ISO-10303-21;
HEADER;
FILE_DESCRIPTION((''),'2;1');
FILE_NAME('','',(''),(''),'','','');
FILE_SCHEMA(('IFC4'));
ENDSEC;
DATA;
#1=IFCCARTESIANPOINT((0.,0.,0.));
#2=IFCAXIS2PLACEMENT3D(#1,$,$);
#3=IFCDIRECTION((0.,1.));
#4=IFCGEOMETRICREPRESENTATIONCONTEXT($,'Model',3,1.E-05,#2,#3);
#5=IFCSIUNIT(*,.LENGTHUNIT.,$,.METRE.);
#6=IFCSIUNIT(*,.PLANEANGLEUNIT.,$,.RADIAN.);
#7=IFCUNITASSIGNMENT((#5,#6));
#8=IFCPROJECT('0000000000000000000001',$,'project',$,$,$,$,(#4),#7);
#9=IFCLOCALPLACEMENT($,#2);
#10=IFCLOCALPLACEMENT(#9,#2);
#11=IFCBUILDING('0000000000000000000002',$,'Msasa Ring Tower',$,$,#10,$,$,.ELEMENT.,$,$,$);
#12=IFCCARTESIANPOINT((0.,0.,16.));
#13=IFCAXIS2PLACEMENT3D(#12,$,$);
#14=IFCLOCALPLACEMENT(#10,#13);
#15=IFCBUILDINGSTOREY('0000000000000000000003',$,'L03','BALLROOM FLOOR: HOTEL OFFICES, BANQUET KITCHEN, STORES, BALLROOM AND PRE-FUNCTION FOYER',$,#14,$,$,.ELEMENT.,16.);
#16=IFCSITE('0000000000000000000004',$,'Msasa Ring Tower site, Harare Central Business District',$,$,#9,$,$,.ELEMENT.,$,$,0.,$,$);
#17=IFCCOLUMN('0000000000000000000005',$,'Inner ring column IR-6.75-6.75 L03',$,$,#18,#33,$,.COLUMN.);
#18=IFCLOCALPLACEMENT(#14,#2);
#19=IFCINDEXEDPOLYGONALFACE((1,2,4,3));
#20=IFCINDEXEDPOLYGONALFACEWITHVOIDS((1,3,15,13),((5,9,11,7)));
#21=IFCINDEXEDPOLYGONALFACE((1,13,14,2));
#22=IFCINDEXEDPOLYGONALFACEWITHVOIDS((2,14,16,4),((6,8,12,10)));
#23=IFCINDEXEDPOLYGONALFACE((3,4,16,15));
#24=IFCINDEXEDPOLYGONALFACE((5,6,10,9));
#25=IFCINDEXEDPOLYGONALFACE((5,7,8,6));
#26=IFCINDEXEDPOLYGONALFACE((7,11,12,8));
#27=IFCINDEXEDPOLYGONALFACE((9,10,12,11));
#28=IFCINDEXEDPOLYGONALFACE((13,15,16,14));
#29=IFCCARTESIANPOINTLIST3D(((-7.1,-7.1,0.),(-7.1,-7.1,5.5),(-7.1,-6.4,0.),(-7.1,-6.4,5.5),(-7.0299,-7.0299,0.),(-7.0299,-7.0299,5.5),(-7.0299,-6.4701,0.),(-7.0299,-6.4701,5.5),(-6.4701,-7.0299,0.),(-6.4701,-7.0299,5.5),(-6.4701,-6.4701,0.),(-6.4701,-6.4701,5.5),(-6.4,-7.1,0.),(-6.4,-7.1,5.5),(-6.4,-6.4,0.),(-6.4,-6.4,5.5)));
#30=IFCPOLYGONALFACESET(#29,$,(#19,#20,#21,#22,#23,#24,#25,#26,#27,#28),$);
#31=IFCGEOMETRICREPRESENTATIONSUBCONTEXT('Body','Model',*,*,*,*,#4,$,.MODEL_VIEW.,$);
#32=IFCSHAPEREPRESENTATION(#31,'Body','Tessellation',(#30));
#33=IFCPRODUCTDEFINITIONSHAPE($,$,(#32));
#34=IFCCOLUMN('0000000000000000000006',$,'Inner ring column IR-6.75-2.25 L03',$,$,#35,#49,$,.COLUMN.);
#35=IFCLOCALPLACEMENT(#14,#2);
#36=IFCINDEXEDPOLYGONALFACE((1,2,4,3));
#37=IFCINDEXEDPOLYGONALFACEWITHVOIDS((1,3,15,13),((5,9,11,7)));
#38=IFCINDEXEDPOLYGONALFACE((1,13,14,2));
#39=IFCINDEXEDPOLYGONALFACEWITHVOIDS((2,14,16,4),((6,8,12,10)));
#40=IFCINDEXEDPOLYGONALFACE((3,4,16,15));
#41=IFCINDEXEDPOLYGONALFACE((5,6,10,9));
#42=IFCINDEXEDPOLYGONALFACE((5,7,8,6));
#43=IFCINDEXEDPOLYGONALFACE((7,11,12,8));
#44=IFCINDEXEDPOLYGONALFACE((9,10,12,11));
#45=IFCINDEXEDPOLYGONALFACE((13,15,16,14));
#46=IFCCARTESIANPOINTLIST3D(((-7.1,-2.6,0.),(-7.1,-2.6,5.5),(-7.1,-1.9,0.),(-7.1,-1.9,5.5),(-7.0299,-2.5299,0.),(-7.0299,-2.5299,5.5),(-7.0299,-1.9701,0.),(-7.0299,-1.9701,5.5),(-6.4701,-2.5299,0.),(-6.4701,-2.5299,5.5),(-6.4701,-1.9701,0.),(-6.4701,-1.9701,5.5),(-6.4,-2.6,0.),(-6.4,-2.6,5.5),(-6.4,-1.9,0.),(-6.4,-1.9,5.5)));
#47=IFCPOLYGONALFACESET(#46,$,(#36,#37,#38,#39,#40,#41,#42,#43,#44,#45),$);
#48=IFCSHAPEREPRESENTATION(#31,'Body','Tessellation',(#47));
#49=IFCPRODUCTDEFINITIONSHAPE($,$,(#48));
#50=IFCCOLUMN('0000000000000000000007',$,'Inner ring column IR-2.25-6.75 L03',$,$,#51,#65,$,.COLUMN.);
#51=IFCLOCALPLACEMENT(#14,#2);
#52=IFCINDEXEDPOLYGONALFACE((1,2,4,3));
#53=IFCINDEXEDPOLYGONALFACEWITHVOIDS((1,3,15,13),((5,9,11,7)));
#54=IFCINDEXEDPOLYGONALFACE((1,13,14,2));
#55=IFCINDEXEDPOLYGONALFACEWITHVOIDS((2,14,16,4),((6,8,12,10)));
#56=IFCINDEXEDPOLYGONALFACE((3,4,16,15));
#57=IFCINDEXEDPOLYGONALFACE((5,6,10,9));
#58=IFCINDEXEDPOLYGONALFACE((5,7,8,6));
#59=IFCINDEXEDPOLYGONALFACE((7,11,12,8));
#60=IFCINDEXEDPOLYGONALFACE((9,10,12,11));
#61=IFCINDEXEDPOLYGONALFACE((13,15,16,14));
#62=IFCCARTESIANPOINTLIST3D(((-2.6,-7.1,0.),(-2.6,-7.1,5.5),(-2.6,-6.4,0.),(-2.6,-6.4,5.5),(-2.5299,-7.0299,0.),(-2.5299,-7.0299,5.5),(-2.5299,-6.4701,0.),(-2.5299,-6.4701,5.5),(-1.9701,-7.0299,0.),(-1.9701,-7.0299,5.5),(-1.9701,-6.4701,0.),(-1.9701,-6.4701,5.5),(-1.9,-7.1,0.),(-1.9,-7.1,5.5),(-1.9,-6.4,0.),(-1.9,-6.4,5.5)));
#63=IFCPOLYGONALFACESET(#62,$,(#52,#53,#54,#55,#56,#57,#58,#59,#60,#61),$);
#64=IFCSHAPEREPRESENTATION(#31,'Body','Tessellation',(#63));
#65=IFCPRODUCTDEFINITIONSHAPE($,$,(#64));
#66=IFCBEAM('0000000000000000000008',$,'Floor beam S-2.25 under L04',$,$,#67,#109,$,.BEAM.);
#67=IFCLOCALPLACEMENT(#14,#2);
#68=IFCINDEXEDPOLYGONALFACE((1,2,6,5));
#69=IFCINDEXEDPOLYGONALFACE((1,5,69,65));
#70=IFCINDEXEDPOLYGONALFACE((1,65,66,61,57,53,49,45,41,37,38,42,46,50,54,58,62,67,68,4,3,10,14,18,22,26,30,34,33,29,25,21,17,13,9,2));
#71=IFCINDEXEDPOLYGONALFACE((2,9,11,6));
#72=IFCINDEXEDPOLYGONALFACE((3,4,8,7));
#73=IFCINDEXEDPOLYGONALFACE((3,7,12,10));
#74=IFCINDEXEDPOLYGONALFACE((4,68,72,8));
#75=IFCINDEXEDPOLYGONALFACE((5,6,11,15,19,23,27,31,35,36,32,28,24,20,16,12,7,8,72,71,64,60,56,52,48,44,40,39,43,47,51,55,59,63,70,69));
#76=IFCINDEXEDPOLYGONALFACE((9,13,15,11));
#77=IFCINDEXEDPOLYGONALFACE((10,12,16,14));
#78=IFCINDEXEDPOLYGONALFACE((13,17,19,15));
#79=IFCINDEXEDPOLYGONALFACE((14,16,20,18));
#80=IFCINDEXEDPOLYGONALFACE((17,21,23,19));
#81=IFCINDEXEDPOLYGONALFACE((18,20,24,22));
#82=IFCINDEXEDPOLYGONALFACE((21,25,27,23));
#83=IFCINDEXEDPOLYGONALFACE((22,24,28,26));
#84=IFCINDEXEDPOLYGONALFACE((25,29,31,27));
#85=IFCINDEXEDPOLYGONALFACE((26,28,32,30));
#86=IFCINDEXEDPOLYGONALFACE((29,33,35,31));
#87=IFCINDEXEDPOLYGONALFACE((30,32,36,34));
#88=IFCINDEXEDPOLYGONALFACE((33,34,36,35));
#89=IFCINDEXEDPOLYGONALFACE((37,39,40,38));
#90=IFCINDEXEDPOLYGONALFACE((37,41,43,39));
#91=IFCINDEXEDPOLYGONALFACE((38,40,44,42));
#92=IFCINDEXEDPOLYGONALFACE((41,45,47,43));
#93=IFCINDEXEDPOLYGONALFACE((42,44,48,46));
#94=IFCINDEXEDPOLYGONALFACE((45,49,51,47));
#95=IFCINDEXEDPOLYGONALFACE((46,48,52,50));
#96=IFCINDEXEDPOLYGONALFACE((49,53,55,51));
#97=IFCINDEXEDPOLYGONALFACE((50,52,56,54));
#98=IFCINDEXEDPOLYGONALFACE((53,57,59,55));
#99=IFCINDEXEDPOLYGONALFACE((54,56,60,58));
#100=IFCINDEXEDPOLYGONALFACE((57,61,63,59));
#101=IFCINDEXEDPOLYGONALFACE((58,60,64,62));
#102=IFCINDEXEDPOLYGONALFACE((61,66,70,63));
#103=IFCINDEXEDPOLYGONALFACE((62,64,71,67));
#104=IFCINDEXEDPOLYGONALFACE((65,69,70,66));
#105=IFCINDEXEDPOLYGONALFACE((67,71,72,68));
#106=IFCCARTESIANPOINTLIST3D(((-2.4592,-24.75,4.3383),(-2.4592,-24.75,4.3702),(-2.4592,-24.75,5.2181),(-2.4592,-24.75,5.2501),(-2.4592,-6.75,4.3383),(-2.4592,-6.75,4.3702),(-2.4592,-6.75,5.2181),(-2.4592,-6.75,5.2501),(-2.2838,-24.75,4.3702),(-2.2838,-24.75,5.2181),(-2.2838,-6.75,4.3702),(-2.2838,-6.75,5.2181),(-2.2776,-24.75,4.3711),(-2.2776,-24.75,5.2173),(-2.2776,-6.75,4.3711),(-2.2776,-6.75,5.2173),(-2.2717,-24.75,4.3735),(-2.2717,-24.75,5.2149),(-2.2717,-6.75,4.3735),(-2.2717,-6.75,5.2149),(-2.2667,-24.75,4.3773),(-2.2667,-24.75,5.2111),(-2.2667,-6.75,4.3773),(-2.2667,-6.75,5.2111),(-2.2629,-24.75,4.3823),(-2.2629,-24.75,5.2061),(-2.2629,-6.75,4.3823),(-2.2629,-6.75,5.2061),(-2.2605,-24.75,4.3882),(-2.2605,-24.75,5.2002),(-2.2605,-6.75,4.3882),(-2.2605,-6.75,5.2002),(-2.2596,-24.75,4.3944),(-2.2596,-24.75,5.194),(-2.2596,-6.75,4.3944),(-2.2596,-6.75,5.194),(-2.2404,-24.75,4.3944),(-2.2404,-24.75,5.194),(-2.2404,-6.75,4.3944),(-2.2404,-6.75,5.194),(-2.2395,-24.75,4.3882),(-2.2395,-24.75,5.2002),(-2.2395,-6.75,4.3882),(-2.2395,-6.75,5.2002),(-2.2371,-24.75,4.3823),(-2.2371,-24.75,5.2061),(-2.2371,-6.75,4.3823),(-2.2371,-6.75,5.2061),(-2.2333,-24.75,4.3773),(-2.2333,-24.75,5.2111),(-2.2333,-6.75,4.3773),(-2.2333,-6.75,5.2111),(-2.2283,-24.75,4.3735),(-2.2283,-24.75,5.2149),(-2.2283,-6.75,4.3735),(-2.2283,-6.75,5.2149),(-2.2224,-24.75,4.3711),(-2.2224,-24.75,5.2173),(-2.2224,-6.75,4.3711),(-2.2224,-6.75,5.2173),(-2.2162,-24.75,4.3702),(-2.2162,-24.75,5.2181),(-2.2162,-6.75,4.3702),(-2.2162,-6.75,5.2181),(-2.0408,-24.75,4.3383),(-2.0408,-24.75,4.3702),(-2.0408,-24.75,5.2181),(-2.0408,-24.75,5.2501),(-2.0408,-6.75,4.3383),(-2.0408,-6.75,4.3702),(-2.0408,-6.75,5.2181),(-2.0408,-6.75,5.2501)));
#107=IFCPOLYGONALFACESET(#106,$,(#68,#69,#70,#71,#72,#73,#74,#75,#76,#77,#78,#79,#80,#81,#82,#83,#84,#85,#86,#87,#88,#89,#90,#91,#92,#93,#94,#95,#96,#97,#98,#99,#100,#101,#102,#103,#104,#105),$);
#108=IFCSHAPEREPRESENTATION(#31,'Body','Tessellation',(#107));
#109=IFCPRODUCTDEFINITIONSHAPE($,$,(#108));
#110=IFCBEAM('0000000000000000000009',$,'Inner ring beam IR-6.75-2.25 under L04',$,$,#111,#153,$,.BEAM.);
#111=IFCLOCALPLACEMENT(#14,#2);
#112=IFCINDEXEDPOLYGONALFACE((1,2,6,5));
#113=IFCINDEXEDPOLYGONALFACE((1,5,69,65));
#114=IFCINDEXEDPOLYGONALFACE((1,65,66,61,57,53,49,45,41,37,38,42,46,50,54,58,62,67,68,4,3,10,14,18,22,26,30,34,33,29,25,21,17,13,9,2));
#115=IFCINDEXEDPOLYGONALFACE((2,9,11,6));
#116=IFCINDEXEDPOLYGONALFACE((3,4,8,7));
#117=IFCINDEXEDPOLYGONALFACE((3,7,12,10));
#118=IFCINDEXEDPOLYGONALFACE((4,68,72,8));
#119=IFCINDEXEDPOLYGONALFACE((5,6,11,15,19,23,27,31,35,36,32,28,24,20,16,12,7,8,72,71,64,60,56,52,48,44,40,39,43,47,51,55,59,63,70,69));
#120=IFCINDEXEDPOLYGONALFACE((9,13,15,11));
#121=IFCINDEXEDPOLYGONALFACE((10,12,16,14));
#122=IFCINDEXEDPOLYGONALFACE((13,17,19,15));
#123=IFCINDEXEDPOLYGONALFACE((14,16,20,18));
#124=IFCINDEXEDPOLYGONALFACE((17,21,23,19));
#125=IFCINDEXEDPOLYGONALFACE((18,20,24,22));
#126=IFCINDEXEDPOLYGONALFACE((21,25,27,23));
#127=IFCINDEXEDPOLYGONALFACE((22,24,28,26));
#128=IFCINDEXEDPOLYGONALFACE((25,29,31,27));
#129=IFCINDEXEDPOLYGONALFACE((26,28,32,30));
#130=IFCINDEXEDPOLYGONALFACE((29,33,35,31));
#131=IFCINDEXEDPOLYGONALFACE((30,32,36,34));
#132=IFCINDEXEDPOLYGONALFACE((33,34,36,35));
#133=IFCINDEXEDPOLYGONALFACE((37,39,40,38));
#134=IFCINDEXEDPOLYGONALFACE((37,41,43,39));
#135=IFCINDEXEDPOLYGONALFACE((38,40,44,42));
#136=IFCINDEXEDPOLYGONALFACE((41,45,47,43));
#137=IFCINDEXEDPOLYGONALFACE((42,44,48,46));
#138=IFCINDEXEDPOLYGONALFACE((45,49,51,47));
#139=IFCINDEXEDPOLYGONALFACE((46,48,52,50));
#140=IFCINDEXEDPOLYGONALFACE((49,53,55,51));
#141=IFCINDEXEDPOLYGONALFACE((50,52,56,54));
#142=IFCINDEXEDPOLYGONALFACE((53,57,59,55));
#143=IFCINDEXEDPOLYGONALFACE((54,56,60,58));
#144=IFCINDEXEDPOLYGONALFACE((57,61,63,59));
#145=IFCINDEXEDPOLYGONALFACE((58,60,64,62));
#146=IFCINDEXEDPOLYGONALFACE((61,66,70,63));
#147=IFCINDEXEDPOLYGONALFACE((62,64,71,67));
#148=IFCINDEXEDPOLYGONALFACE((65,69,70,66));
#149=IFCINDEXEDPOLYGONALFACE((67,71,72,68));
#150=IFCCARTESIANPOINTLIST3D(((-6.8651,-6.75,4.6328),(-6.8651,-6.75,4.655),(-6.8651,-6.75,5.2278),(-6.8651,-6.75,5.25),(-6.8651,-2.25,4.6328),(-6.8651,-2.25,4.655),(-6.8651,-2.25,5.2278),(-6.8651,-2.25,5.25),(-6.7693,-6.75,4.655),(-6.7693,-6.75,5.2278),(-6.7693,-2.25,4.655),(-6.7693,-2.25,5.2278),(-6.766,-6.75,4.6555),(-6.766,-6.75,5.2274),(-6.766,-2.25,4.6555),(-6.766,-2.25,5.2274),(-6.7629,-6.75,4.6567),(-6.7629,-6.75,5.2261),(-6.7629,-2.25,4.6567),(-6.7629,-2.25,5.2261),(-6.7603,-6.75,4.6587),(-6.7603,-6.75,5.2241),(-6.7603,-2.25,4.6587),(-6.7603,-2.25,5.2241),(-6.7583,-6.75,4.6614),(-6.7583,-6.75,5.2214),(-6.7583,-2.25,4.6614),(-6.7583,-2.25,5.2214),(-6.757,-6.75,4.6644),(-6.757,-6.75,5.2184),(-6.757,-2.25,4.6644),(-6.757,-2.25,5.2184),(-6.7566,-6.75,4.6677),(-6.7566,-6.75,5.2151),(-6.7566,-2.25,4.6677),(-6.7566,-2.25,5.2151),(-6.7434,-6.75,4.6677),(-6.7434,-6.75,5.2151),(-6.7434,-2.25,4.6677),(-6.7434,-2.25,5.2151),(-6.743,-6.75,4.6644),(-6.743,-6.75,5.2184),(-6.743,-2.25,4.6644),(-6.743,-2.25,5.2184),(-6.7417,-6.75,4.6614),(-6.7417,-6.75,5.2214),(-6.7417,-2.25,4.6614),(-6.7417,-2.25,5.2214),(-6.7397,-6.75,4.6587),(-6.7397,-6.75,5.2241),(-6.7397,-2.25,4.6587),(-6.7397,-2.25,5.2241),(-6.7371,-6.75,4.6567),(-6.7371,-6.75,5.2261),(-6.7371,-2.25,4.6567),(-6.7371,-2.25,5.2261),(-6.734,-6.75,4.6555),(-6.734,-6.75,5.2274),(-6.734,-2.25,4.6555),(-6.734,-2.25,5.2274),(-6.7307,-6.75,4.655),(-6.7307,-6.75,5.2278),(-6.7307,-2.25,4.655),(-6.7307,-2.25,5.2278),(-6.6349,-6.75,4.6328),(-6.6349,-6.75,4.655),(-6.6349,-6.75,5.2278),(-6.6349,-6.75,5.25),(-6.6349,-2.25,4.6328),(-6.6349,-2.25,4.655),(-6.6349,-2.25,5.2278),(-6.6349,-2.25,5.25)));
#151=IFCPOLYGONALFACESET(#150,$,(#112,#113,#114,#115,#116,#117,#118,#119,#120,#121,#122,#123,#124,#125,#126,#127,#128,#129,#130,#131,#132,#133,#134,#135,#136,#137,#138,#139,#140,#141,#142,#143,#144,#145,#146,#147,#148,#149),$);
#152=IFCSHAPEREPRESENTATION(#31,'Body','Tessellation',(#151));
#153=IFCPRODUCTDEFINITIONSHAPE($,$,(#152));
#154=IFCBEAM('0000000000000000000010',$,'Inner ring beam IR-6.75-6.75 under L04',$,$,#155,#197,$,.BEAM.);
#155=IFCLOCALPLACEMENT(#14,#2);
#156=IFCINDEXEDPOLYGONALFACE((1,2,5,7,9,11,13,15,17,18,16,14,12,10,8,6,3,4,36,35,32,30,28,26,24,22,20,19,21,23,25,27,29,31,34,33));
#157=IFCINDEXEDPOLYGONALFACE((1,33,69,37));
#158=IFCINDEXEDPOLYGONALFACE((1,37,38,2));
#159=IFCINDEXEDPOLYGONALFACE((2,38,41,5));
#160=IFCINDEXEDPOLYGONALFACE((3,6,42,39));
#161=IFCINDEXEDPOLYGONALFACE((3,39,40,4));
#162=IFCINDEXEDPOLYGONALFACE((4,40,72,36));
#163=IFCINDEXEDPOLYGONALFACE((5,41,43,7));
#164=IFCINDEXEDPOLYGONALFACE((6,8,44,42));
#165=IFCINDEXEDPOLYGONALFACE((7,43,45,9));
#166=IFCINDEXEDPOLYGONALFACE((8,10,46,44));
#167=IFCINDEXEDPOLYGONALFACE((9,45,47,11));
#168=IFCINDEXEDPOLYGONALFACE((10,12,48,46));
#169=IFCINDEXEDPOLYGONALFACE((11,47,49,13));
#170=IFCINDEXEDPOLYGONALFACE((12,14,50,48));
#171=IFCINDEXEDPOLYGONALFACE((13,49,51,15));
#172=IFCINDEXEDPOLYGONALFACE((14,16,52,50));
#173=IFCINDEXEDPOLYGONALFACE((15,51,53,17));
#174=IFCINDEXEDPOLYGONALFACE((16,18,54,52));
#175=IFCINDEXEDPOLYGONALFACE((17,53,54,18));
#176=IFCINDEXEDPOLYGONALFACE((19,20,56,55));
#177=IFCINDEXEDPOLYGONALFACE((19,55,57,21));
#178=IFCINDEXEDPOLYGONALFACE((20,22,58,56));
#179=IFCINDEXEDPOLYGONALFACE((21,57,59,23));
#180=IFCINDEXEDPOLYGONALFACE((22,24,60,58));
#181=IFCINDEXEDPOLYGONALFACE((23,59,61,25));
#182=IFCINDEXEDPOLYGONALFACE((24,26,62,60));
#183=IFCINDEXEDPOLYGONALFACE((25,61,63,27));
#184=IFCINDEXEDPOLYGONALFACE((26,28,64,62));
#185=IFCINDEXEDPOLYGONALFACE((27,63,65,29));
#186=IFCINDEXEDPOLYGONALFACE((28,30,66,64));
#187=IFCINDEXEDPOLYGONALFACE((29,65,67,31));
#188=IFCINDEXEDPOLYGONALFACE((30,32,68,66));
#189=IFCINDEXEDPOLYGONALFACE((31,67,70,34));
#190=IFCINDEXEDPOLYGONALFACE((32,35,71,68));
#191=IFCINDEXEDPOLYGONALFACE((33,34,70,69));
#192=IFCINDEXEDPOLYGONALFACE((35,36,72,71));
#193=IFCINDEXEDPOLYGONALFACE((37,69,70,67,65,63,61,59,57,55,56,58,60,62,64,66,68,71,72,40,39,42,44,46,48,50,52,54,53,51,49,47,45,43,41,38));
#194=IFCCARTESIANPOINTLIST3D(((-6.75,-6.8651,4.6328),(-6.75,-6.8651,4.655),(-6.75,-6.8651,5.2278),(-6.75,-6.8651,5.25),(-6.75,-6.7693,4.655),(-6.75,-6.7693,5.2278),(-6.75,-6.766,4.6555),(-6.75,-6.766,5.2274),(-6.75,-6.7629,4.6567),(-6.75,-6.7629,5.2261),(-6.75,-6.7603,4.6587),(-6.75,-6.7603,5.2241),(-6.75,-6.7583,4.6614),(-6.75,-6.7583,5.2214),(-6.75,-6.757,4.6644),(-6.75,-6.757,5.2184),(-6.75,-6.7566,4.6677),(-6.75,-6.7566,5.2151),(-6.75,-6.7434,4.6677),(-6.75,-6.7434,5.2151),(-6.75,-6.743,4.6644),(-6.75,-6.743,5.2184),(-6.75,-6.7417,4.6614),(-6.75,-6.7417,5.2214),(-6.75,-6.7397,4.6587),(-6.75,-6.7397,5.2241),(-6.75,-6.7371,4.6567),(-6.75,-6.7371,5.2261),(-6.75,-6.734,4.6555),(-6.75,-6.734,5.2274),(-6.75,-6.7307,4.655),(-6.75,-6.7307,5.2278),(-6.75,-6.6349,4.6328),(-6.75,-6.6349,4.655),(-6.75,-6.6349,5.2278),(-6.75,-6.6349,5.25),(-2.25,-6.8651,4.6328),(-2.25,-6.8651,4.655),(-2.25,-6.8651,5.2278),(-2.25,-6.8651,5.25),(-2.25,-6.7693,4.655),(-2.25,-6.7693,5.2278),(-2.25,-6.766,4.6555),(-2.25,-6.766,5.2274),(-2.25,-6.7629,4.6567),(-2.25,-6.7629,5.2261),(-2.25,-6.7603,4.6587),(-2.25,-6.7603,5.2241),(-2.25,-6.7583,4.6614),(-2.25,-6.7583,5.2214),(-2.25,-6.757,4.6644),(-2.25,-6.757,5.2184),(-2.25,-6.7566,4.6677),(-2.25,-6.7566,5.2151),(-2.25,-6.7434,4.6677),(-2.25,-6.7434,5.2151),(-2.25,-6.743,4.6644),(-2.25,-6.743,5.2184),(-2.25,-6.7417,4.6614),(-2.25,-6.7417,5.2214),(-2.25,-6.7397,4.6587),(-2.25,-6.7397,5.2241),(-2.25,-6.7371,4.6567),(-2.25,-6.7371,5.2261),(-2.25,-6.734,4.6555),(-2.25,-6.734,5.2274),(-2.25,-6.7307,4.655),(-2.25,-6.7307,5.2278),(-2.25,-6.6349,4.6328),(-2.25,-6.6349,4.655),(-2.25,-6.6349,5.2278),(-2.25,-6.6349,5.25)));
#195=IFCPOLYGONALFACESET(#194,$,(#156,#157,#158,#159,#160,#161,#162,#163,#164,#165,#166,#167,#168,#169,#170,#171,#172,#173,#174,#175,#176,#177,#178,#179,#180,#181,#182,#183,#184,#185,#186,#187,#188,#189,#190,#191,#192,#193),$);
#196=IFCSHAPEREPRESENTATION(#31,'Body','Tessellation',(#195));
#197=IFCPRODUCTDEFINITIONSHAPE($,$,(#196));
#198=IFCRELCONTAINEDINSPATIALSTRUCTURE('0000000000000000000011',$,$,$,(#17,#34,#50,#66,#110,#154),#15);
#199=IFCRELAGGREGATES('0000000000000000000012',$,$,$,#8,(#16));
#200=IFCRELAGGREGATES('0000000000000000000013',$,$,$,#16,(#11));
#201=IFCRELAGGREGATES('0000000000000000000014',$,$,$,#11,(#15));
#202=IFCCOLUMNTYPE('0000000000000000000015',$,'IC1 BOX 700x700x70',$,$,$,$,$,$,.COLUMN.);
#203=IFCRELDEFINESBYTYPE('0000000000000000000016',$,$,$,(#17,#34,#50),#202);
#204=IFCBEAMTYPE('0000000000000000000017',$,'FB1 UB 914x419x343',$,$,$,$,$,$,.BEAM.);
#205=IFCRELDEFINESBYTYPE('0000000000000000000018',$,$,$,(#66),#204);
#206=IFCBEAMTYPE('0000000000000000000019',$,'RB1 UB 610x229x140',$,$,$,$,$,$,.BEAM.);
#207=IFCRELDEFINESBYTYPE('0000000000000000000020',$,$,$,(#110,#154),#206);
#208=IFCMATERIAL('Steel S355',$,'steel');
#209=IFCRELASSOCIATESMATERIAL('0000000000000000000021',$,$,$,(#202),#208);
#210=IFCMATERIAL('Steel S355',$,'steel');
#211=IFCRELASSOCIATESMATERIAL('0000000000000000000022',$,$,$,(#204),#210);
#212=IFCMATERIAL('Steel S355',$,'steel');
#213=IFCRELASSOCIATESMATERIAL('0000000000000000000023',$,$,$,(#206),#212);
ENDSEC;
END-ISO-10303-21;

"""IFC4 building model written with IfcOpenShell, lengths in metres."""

from ifc_helpers import new_model, si_unit, direction, frame, origin, origin_2d, place, context, subcontext, project, spatial, hollow_rectangle, i_section, extrude, material, material_profile, profile_set, type_object, element, save


model = new_model("IFC4")

# Units and contexts
model_context = context("Model", 3, precision=1e-05, world=origin(), true_north=direction((0.0, 1.0)))
body_context = subcontext(model_context, "Body", "Model", "MODEL_VIEW")
ifc_project = project(units=[si_unit("LENGTHUNIT", "METRE"), si_unit("PLANEANGLEUNIT", "RADIAN")], contexts=[model_context])

# Site, building, storey
site_placement = place(None, origin())
site = spatial("IfcSite", under=ifc_project, at=site_placement, Name="Msasa Ring Tower site, Harare Central Business District", CompositionType="ELEMENT", RefElevation=0.0)
building_placement = place(site_placement, origin())
building = spatial("IfcBuilding", under=site, at=building_placement, Name="Msasa Ring Tower", CompositionType="ELEMENT")
storey_placement = place(building_placement, frame((0.0, 0.0, 16.0)))
storey = spatial("IfcBuildingStorey", under=building, at=storey_placement, Name="L03", Description="BALLROOM FLOOR: HOTEL OFFICES, BANQUET KITCHEN, STORES, BALLROOM AND PRE-FUNCTION FOYER", CompositionType="ELEMENT", Elevation=16.0)

# Columns
ifc_material_1 = material(Name="Steel S355", Category="steel")
ifc_material_profile_1 = material_profile(ifc_material_1, hollow_rectangle(XDim=0.7, YDim=0.7, WallThickness=0.0701, at=origin_2d()), Name="BOX 700x700x70")
ifc_profile_set_1 = profile_set([ifc_material_profile_1], Name="Steel S355")
column_type = type_object("IfcColumnType", Name="IC1 BOX 700x700x70", PredefinedType="COLUMN", material=ifc_profile_set_1)
for number, where, z_axis, x_axis, name in (
    (1, (-6.75, -6.75, 0.0), (0.0, 0.0, 1.0), (1.0, 0.0, 0.0), "Inner ring column IR-6.75-6.75 L03"),
    (2, (-6.75, -2.25, 0.0), (0.0, 0.0, 1.0), (1.0, 0.0, 0.0), "Inner ring column IR-6.75-2.25 L03"),
    (3, (-2.25, -6.75, 0.0), (0.0, 0.0, 1.0), (1.0, 0.0, 0.0), "Inner ring column IR-2.25-6.75 L03"),
):
    element("IfcColumn", number, at=place(storey_placement, frame(where, z_axis=z_axis, x_axis=x_axis)), inside=storey, type_object=column_type, Name=name, PredefinedType="COLUMN", context=body_context, shape_type="SweptSolid", body=[
        extrude(hollow_rectangle(XDim=0.7, YDim=0.7, WallThickness=0.0701, at=origin_2d()), origin(), (0.0, 0.0, 1.0), 5.5),
    ])

# Beams
ifc_material_2 = material(Name="Steel S355", Category="steel")
ifc_material_profile_2 = material_profile(ifc_material_2, i_section(OverallWidth=0.4185, OverallDepth=0.9119, WebThickness=0.0193, FlangeThickness=0.032, FilletRadius=0.0242, at=origin_2d()), Name="UB 914x419x343")
ifc_profile_set_2 = profile_set([ifc_material_profile_2], Name="Steel S355")
beam_type_1 = type_object("IfcBeamType", Name="FB1 UB 914x419x343", PredefinedType="BEAM", material=ifc_profile_set_2)
beam_1_placement = place(storey_placement, frame((-2.25, -24.75, 4.7942), z_axis=(0.0, 1.0, 0.0), x_axis=(-1.0, 0.0, 0.0)))
element("IfcBeam", 4, at=beam_1_placement, inside=storey, type_object=beam_type_1, Name="Floor beam S-2.25 under L04", PredefinedType="BEAM", context=body_context, shape_type="SweptSolid", body=[
    extrude(i_section(OverallWidth=0.4185, OverallDepth=0.9119, WebThickness=0.0193, FlangeThickness=0.032, FilletRadius=0.0242, at=origin_2d()), origin(), (0.0, 0.0, 1.0), 18.0),
])
ifc_material_3 = material(Name="Steel S355", Category="steel")
ifc_material_profile_3 = material_profile(ifc_material_3, i_section(OverallWidth=0.2302, OverallDepth=0.6172, WebThickness=0.0132, FlangeThickness=0.0222, FilletRadius=0.0127, at=origin_2d()), Name="UB 610x229x140")
ifc_profile_set_3 = profile_set([ifc_material_profile_3], Name="Steel S355")
beam_type_2 = type_object("IfcBeamType", Name="RB1 UB 610x229x140", PredefinedType="BEAM", material=ifc_profile_set_3)
for number, where, z_axis, x_axis, name in (
    (5, (-6.75, -2.25, 4.9414), (0.0, -1.0, 0.0), (1.0, 0.0, 0.0), "Inner ring beam IR-6.75-2.25 under L04"),
    (6, (-6.75, -6.75, 4.9414), (1.0, 0.0, 0.0), (0.0, 1.0, 0.0), "Inner ring beam IR-6.75-6.75 under L04"),
):
    element("IfcBeam", number, at=place(storey_placement, frame(where, z_axis=z_axis, x_axis=x_axis)), inside=storey, type_object=beam_type_2, Name=name, PredefinedType="BEAM", context=body_context, shape_type="SweptSolid", body=[
        extrude(i_section(OverallWidth=0.2302, OverallDepth=0.6172, WebThickness=0.0132, FlangeThickness=0.0222, FilletRadius=0.0127, at=origin_2d()), origin(), (0.0, 0.0, 1.0), 4.5),
    ])

save(model, "model.ifc")
